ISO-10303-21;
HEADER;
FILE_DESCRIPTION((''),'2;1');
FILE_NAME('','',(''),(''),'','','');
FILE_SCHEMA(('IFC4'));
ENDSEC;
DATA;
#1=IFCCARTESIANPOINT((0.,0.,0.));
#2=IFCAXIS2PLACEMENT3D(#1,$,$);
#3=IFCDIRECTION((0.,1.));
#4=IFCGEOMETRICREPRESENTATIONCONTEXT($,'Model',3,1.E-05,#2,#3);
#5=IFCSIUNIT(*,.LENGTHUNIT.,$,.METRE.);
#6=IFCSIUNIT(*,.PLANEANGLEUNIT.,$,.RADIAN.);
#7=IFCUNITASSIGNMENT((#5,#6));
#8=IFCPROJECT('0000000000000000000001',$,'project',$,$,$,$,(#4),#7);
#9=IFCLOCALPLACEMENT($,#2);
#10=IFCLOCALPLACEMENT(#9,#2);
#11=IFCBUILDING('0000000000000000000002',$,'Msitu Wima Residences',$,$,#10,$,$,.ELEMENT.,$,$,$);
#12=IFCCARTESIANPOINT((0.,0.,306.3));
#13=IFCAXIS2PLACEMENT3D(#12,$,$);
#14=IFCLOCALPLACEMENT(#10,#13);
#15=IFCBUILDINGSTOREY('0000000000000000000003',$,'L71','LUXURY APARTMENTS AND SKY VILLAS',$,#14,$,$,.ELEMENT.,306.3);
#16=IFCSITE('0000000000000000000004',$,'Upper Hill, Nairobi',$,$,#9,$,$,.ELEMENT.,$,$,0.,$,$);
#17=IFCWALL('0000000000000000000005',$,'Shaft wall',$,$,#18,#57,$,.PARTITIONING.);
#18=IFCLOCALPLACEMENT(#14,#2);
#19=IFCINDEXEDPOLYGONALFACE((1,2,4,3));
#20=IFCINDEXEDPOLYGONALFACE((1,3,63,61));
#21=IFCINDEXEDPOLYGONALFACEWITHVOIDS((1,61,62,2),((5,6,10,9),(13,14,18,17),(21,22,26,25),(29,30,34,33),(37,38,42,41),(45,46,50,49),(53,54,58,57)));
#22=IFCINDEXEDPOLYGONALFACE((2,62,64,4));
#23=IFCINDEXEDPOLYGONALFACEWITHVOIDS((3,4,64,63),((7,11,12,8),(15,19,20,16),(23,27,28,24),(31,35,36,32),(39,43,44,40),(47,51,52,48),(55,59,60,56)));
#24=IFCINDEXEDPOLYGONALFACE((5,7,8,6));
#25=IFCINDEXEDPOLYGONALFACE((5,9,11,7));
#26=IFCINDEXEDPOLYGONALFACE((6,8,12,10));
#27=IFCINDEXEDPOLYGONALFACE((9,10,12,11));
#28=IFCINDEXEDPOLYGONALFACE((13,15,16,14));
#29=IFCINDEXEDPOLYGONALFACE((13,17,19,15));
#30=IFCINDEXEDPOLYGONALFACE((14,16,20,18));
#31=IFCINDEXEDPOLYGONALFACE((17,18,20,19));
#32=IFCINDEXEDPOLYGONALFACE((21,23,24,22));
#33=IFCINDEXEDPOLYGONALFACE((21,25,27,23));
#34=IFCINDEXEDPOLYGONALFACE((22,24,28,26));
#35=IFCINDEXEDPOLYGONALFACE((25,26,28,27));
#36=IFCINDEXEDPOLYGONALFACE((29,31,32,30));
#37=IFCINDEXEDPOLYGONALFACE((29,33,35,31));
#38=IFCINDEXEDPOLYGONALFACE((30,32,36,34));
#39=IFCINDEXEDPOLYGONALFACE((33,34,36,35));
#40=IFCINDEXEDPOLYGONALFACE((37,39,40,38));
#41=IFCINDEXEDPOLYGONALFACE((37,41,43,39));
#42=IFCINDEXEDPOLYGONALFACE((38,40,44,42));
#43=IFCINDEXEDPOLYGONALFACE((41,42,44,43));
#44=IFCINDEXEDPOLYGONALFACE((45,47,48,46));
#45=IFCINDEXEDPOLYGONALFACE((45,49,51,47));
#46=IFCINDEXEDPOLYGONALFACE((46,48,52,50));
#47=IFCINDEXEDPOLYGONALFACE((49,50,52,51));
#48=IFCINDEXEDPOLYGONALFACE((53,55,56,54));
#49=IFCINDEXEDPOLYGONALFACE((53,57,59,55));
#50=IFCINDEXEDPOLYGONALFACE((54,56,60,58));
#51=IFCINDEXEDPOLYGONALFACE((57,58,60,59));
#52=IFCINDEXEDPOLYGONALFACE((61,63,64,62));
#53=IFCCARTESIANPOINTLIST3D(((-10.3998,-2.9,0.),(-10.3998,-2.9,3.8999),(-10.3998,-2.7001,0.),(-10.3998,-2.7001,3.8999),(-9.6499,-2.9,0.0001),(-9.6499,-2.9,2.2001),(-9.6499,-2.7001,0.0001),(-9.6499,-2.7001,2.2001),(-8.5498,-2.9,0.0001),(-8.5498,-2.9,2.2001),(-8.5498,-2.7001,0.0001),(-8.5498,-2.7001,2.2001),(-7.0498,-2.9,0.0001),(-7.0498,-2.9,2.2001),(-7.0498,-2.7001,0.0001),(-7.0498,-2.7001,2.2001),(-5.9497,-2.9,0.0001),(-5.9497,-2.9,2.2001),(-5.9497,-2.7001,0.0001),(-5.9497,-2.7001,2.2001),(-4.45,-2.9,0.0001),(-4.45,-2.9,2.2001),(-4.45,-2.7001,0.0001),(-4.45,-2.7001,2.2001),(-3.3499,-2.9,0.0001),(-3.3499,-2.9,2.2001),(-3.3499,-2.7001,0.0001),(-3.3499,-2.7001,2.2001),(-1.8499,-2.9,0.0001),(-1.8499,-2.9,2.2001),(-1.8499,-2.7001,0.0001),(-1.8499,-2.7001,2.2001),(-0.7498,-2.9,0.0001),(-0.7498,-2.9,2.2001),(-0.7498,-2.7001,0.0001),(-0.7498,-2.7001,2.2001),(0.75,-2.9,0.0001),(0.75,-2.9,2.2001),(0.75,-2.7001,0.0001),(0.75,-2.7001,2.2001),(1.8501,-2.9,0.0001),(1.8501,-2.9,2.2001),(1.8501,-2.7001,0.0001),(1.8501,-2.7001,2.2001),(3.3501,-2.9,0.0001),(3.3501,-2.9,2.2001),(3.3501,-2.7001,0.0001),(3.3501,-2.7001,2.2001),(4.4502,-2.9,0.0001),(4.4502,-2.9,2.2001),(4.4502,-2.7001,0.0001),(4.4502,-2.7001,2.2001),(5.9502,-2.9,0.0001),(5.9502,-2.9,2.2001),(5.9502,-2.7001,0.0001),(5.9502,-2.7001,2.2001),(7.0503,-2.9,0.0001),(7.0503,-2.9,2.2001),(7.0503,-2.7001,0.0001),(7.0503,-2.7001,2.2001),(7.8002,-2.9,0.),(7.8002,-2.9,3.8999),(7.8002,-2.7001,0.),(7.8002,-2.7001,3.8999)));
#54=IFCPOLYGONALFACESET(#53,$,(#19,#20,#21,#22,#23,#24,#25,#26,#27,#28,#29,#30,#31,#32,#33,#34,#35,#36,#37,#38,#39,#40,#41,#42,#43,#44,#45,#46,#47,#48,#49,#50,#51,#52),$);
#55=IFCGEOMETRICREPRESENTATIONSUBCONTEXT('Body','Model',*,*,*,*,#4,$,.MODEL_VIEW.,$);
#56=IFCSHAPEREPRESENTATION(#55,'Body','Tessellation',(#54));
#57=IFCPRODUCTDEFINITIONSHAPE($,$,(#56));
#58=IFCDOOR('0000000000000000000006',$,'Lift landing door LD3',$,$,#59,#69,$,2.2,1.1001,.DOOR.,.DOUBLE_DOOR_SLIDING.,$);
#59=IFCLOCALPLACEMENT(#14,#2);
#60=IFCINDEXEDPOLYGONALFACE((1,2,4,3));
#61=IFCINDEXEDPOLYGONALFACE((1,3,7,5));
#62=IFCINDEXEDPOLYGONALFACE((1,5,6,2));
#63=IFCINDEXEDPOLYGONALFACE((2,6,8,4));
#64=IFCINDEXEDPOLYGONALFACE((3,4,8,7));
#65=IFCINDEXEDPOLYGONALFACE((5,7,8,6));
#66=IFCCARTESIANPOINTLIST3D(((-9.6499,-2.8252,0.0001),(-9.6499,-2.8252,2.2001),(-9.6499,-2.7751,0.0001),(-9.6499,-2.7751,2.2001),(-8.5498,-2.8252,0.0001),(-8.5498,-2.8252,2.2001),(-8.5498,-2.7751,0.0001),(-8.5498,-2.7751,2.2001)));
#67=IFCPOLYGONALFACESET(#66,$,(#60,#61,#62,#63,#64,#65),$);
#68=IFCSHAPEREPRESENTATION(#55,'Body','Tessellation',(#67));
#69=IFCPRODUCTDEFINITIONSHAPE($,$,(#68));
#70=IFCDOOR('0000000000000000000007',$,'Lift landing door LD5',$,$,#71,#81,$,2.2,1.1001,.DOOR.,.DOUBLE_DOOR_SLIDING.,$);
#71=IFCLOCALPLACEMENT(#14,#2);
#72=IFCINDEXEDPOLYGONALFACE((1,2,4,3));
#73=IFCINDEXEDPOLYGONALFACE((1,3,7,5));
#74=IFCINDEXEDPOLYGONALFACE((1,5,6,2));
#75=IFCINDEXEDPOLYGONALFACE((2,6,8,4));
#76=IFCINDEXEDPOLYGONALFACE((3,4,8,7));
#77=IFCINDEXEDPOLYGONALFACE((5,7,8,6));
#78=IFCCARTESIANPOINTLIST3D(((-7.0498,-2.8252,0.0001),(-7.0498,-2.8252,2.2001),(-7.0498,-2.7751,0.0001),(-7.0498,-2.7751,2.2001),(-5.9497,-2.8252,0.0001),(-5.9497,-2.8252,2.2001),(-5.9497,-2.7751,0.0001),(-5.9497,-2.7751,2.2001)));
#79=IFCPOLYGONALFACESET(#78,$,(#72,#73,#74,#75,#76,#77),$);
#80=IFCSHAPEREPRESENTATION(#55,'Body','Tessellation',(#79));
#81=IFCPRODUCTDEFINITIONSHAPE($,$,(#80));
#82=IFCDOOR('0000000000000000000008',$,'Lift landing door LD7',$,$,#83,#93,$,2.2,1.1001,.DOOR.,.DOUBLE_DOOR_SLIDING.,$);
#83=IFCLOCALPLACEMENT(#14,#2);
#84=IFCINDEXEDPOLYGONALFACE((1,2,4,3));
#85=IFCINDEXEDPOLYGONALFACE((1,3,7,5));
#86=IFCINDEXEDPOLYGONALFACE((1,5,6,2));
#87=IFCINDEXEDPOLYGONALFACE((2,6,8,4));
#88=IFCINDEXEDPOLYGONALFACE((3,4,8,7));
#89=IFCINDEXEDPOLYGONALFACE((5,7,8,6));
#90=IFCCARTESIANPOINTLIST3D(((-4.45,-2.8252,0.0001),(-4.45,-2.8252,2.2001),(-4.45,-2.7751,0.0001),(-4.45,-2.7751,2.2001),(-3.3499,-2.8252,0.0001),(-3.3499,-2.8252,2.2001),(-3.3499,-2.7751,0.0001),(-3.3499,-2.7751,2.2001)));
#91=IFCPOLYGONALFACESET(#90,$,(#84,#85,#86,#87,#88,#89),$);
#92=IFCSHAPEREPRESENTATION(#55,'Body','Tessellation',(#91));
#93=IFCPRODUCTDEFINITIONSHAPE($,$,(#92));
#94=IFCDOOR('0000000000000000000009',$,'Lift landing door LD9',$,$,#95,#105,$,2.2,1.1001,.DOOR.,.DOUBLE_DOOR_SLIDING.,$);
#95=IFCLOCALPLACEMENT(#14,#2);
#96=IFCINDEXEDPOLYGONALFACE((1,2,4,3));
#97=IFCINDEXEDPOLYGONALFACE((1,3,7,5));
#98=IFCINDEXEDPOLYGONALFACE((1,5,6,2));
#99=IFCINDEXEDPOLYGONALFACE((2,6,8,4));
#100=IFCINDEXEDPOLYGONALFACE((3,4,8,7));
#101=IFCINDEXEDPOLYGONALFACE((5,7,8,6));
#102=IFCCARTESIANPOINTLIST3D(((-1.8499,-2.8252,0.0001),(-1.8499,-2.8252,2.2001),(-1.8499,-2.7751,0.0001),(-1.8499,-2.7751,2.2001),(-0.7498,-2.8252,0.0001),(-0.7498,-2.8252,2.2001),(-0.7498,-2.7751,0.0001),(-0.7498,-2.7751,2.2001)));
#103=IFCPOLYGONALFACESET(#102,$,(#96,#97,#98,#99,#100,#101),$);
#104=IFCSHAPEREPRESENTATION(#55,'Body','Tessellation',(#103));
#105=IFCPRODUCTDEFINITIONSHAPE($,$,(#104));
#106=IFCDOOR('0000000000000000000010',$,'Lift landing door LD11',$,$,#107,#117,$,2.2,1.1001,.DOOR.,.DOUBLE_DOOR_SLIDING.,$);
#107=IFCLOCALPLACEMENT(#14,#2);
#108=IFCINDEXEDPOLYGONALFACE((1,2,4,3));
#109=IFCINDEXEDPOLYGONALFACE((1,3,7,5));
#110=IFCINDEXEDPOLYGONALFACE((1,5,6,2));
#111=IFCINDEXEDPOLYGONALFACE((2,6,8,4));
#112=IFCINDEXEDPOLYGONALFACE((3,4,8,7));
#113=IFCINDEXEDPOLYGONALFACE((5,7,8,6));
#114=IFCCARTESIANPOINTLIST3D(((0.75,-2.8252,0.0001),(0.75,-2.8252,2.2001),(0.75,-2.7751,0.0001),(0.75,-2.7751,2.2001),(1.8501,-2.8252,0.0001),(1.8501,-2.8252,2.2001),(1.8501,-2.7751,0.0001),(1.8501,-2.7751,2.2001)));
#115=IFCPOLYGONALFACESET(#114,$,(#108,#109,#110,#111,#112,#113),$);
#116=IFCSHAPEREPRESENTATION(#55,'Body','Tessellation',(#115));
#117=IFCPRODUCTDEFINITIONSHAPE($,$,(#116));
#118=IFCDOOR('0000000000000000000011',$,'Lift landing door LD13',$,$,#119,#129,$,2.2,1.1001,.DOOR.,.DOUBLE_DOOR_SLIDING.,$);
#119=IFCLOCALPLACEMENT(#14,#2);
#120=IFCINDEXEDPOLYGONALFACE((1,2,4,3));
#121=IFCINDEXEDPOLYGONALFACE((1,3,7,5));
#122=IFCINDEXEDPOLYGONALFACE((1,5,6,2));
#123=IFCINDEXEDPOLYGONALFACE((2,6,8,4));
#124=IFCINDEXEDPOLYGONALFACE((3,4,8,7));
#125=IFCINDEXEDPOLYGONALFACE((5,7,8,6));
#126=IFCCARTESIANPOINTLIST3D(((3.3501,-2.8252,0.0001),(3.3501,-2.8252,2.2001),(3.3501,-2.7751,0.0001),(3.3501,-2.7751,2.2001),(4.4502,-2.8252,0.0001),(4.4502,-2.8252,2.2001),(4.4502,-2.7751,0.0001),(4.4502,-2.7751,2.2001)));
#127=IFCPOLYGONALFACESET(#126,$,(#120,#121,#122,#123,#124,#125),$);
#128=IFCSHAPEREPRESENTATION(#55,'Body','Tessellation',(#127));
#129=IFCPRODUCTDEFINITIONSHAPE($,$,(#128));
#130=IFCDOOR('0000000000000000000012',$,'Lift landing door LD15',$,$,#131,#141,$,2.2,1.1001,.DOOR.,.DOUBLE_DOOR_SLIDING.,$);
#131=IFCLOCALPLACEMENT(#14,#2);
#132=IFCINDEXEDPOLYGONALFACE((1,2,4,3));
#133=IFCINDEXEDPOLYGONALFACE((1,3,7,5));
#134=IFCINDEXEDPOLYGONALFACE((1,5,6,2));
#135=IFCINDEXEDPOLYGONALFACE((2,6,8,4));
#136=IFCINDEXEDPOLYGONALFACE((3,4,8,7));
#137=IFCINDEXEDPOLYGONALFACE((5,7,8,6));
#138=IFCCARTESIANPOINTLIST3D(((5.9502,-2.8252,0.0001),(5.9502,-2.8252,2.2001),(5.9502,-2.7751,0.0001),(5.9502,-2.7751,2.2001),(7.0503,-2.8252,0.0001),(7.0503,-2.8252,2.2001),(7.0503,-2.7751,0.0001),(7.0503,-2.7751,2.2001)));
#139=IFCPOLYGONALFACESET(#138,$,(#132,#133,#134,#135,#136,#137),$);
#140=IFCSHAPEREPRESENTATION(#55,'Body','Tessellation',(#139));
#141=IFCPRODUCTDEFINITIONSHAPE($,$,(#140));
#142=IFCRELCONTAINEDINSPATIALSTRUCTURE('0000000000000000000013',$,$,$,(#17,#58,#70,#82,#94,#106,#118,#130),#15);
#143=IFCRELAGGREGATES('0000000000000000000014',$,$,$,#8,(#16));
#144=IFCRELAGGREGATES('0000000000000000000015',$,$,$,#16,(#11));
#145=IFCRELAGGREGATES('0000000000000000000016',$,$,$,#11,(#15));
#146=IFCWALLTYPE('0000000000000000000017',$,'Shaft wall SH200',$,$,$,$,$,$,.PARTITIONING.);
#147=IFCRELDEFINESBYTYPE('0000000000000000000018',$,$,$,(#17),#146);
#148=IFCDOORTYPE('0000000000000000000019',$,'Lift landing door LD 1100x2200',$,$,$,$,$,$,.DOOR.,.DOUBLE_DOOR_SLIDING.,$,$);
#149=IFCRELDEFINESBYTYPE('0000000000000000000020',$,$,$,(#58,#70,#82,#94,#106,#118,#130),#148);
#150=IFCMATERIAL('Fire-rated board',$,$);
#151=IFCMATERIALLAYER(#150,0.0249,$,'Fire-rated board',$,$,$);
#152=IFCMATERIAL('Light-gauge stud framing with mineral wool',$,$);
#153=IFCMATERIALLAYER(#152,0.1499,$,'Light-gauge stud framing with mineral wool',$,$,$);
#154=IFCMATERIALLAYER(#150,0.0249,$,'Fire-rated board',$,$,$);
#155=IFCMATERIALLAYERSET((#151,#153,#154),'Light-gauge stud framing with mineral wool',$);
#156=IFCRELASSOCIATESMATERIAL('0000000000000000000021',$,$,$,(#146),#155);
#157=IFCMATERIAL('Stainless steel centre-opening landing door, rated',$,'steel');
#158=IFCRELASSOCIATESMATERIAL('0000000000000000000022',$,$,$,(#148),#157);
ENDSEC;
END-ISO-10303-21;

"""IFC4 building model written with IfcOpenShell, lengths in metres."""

from ifc_helpers import new_model, si_unit, direction, frame, frame_2d, origin, place, context, subcontext, project, spatial, rectangle, extrude, material, layer, layer_set, type_object, element, fill, save


model = new_model("IFC4")

# Units and contexts
model_context = context("Model", 3, precision=1e-05, world=origin(), true_north=direction((0.0, 1.0)))
body_context = subcontext(model_context, "Body", "Model", "MODEL_VIEW")
ifc_project = project(units=[si_unit("LENGTHUNIT", "METRE"), si_unit("PLANEANGLEUNIT", "RADIAN")], contexts=[model_context])

# Site, building, storey
site_placement = place(None, origin())
site = spatial("IfcSite", under=ifc_project, at=site_placement, Name="Upper Hill, Nairobi", CompositionType="ELEMENT", RefElevation=0.0)
building_placement = place(site_placement, origin())
building = spatial("IfcBuilding", under=site, at=building_placement, Name="Msitu Wima Residences", CompositionType="ELEMENT")
storey_placement = place(building_placement, frame((0.0, 0.0, 306.3)))
storey = spatial("IfcBuildingStorey", under=building, at=storey_placement, Name="L71", Description="LUXURY APARTMENTS AND SKY VILLAS", CompositionType="ELEMENT", Elevation=306.3)

# Shared definitions
ifc_material_1 = material(Name="Fire-rated board")
ifc_layer_1 = layer(ifc_material_1, 0.0249, Name="Fire-rated board")
ifc_material_2 = material(Name="Light-gauge stud framing with mineral wool")
ifc_layer_2 = layer(ifc_material_2, 0.1499, Name="Light-gauge stud framing with mineral wool")
ifc_layer_3 = layer(ifc_material_1, 0.0249, Name="Fire-rated board")
ifc_layer_set_1 = layer_set([ifc_layer_1, ifc_layer_2, ifc_layer_3], Name="Light-gauge stud framing with mineral wool")
wall_type_1 = type_object("IfcWallType", Name="Shaft wall SH200", PredefinedType="PARTITIONING", material=ifc_layer_set_1)

# Wall, openings, doors
wall_1_placement = place(storey_placement, frame((-10.3999, -2.8, 0.0), z_axis=(0.0, 0.0, 1.0), x_axis=(1.0, 0.0, 0.0)))
wall_1 = element("IfcWall", 1, at=wall_1_placement, inside=storey, type_object=wall_type_1, Name="Shaft wall", PredefinedType="PARTITIONING", context=body_context, shape_type="SweptSolid", body=[
    extrude(rectangle(XDim=18.2, YDim=0.2, at=frame_2d((9.1001, 0.0))), origin(), (0.0, 0.0, 1.0), 3.8999),
])
opening_1_placement = place(wall_1_placement, frame((0.75, 0.0, 0.0)))
opening_1 = element("IfcOpeningElement", 2, at=opening_1_placement, cuts=wall_1, PredefinedType="OPENING", context=body_context, shape_type="SweptSolid", body=[
    extrude(rectangle(XDim=1.1001, YDim=2.2, at=frame_2d((0.55, 1.1001))), frame((0.0, 0.1099, 0.0), z_axis=(0.0, -1.0, 0.0), x_axis=(1.0, 0.0, 0.0)), (0.0, 0.0, 1.0), 0.22),
])
opening_2_placement = place(wall_1_placement, frame((3.3501, 0.0, 0.0)))
opening_2 = element("IfcOpeningElement", 3, at=opening_2_placement, cuts=wall_1, PredefinedType="OPENING", context=body_context, shape_type="SweptSolid", body=[
    extrude(rectangle(XDim=1.1001, YDim=2.2, at=frame_2d((0.55, 1.1001))), frame((0.0, 0.1099, 0.0), z_axis=(0.0, -1.0, 0.0), x_axis=(1.0, 0.0, 0.0)), (0.0, 0.0, 1.0), 0.22),
])
opening_3_placement = place(wall_1_placement, frame((5.95, 0.0, 0.0)))
opening_3 = element("IfcOpeningElement", 4, at=opening_3_placement, cuts=wall_1, PredefinedType="OPENING", context=body_context, shape_type="SweptSolid", body=[
    extrude(rectangle(XDim=1.1001, YDim=2.2, at=frame_2d((0.55, 1.1001))), frame((0.0, 0.1099, 0.0), z_axis=(0.0, -1.0, 0.0), x_axis=(1.0, 0.0, 0.0)), (0.0, 0.0, 1.0), 0.22),
])
opening_4_placement = place(wall_1_placement, frame((8.55, 0.0, 0.0)))
opening_4 = element("IfcOpeningElement", 5, at=opening_4_placement, cuts=wall_1, PredefinedType="OPENING", context=body_context, shape_type="SweptSolid", body=[
    extrude(rectangle(XDim=1.1001, YDim=2.2, at=frame_2d((0.55, 1.1001))), frame((0.0, 0.1099, 0.0), z_axis=(0.0, -1.0, 0.0), x_axis=(1.0, 0.0, 0.0)), (0.0, 0.0, 1.0), 0.22),
])
opening_5_placement = place(wall_1_placement, frame((11.1499, 0.0, 0.0)))
opening_5 = element("IfcOpeningElement", 6, at=opening_5_placement, cuts=wall_1, PredefinedType="OPENING", context=body_context, shape_type="SweptSolid", body=[
    extrude(rectangle(XDim=1.1001, YDim=2.2, at=frame_2d((0.55, 1.1001))), frame((0.0, 0.1099, 0.0), z_axis=(0.0, -1.0, 0.0), x_axis=(1.0, 0.0, 0.0)), (0.0, 0.0, 1.0), 0.22),
])
opening_6_placement = place(wall_1_placement, frame((13.75, 0.0, 0.0)))
opening_6 = element("IfcOpeningElement", 7, at=opening_6_placement, cuts=wall_1, PredefinedType="OPENING", context=body_context, shape_type="SweptSolid", body=[
    extrude(rectangle(XDim=1.1001, YDim=2.2, at=frame_2d((0.55, 1.1001))), frame((0.0, 0.1099, 0.0), z_axis=(0.0, -1.0, 0.0), x_axis=(1.0, 0.0, 0.0)), (0.0, 0.0, 1.0), 0.22),
])
opening_7_placement = place(wall_1_placement, frame((16.3501, 0.0, 0.0)))
opening_7 = element("IfcOpeningElement", 8, at=opening_7_placement, cuts=wall_1, PredefinedType="OPENING", context=body_context, shape_type="SweptSolid", body=[
    extrude(rectangle(XDim=1.1001, YDim=2.2, at=frame_2d((0.55, 1.1001))), frame((0.0, 0.1099, 0.0), z_axis=(0.0, -1.0, 0.0), x_axis=(1.0, 0.0, 0.0)), (0.0, 0.0, 1.0), 0.22),
])
ifc_material_3 = material(Name="Stainless steel centre-opening landing door, rated", Category="steel")
door_type_1 = type_object("IfcDoorType", Name="Lift landing door LD 1100x2200", OperationType="DOUBLE_DOOR_SLIDING", PredefinedType="DOOR", material=ifc_material_3)
door_1_placement = place(opening_1_placement, origin())
door_1 = element("IfcDoor", 9, at=door_1_placement, inside=storey, type_object=door_type_1, Name="Lift landing door LD3", OperationType="DOUBLE_DOOR_SLIDING", OverallHeight=2.2, OverallWidth=1.1001, PredefinedType="DOOR", context=body_context, shape_type="SweptSolid", body=[
    extrude(rectangle(XDim=1.1001, YDim=2.2, at=frame_2d((0.55, 1.1001))), frame((0.0, 0.0249, 0.0), z_axis=(0.0, -1.0, 0.0), x_axis=(1.0, 0.0, 0.0)), (0.0, 0.0, 1.0), 0.05),
])
fill(opening_1, door_1)
door_2_placement = place(opening_2_placement, origin())
door_2 = element("IfcDoor", 10, at=door_2_placement, inside=storey, type_object=door_type_1, Name="Lift landing door LD5", OperationType="DOUBLE_DOOR_SLIDING", OverallHeight=2.2, OverallWidth=1.1001, PredefinedType="DOOR", context=body_context, shape_type="SweptSolid", body=[
    extrude(rectangle(XDim=1.1001, YDim=2.2, at=frame_2d((0.55, 1.1001))), frame((0.0, 0.0249, 0.0), z_axis=(0.0, -1.0, 0.0), x_axis=(1.0, 0.0, 0.0)), (0.0, 0.0, 1.0), 0.05),
])
fill(opening_2, door_2)
door_3_placement = place(opening_3_placement, origin())
door_3 = element("IfcDoor", 11, at=door_3_placement, inside=storey, type_object=door_type_1, Name="Lift landing door LD7", OperationType="DOUBLE_DOOR_SLIDING", OverallHeight=2.2, OverallWidth=1.1001, PredefinedType="DOOR", context=body_context, shape_type="SweptSolid", body=[
    extrude(rectangle(XDim=1.1001, YDim=2.2, at=frame_2d((0.55, 1.1001))), frame((0.0, 0.0249, 0.0), z_axis=(0.0, -1.0, 0.0), x_axis=(1.0, 0.0, 0.0)), (0.0, 0.0, 1.0), 0.05),
])
fill(opening_3, door_3)
door_4_placement = place(opening_4_placement, origin())
door_4 = element("IfcDoor", 12, at=door_4_placement, inside=storey, type_object=door_type_1, Name="Lift landing door LD9", OperationType="DOUBLE_DOOR_SLIDING", OverallHeight=2.2, OverallWidth=1.1001, PredefinedType="DOOR", context=body_context, shape_type="SweptSolid", body=[
    extrude(rectangle(XDim=1.1001, YDim=2.2, at=frame_2d((0.55, 1.1001))), frame((0.0, 0.0249, 0.0), z_axis=(0.0, -1.0, 0.0), x_axis=(1.0, 0.0, 0.0)), (0.0, 0.0, 1.0), 0.05),
])
fill(opening_4, door_4)
door_5_placement = place(opening_5_placement, origin())
door_5 = element("IfcDoor", 13, at=door_5_placement, inside=storey, type_object=door_type_1, Name="Lift landing door LD11", OperationType="DOUBLE_DOOR_SLIDING", OverallHeight=2.2, OverallWidth=1.1001, PredefinedType="DOOR", context=body_context, shape_type="SweptSolid", body=[
    extrude(rectangle(XDim=1.1001, YDim=2.2, at=frame_2d((0.55, 1.1001))), frame((0.0, 0.0249, 0.0), z_axis=(0.0, -1.0, 0.0), x_axis=(1.0, 0.0, 0.0)), (0.0, 0.0, 1.0), 0.05),
])
fill(opening_5, door_5)
door_6_placement = place(opening_6_placement, origin())
door_6 = element("IfcDoor", 14, at=door_6_placement, inside=storey, type_object=door_type_1, Name="Lift landing door LD13", OperationType="DOUBLE_DOOR_SLIDING", OverallHeight=2.2, OverallWidth=1.1001, PredefinedType="DOOR", context=body_context, shape_type="SweptSolid", body=[
    extrude(rectangle(XDim=1.1001, YDim=2.2, at=frame_2d((0.55, 1.1001))), frame((0.0, 0.0249, 0.0), z_axis=(0.0, -1.0, 0.0), x_axis=(1.0, 0.0, 0.0)), (0.0, 0.0, 1.0), 0.05),
])
fill(opening_6, door_6)
door_7_placement = place(opening_7_placement, origin())
door_7 = element("IfcDoor", 15, at=door_7_placement, inside=storey, type_object=door_type_1, Name="Lift landing door LD15", OperationType="DOUBLE_DOOR_SLIDING", OverallHeight=2.2, OverallWidth=1.1001, PredefinedType="DOOR", context=body_context, shape_type="SweptSolid", body=[
    extrude(rectangle(XDim=1.1001, YDim=2.2, at=frame_2d((0.55, 1.1001))), frame((0.0, 0.0249, 0.0), z_axis=(0.0, -1.0, 0.0), x_axis=(1.0, 0.0, 0.0)), (0.0, 0.0, 1.0), 0.05),
])
fill(opening_7, door_7)

save(model, "model.ifc")
